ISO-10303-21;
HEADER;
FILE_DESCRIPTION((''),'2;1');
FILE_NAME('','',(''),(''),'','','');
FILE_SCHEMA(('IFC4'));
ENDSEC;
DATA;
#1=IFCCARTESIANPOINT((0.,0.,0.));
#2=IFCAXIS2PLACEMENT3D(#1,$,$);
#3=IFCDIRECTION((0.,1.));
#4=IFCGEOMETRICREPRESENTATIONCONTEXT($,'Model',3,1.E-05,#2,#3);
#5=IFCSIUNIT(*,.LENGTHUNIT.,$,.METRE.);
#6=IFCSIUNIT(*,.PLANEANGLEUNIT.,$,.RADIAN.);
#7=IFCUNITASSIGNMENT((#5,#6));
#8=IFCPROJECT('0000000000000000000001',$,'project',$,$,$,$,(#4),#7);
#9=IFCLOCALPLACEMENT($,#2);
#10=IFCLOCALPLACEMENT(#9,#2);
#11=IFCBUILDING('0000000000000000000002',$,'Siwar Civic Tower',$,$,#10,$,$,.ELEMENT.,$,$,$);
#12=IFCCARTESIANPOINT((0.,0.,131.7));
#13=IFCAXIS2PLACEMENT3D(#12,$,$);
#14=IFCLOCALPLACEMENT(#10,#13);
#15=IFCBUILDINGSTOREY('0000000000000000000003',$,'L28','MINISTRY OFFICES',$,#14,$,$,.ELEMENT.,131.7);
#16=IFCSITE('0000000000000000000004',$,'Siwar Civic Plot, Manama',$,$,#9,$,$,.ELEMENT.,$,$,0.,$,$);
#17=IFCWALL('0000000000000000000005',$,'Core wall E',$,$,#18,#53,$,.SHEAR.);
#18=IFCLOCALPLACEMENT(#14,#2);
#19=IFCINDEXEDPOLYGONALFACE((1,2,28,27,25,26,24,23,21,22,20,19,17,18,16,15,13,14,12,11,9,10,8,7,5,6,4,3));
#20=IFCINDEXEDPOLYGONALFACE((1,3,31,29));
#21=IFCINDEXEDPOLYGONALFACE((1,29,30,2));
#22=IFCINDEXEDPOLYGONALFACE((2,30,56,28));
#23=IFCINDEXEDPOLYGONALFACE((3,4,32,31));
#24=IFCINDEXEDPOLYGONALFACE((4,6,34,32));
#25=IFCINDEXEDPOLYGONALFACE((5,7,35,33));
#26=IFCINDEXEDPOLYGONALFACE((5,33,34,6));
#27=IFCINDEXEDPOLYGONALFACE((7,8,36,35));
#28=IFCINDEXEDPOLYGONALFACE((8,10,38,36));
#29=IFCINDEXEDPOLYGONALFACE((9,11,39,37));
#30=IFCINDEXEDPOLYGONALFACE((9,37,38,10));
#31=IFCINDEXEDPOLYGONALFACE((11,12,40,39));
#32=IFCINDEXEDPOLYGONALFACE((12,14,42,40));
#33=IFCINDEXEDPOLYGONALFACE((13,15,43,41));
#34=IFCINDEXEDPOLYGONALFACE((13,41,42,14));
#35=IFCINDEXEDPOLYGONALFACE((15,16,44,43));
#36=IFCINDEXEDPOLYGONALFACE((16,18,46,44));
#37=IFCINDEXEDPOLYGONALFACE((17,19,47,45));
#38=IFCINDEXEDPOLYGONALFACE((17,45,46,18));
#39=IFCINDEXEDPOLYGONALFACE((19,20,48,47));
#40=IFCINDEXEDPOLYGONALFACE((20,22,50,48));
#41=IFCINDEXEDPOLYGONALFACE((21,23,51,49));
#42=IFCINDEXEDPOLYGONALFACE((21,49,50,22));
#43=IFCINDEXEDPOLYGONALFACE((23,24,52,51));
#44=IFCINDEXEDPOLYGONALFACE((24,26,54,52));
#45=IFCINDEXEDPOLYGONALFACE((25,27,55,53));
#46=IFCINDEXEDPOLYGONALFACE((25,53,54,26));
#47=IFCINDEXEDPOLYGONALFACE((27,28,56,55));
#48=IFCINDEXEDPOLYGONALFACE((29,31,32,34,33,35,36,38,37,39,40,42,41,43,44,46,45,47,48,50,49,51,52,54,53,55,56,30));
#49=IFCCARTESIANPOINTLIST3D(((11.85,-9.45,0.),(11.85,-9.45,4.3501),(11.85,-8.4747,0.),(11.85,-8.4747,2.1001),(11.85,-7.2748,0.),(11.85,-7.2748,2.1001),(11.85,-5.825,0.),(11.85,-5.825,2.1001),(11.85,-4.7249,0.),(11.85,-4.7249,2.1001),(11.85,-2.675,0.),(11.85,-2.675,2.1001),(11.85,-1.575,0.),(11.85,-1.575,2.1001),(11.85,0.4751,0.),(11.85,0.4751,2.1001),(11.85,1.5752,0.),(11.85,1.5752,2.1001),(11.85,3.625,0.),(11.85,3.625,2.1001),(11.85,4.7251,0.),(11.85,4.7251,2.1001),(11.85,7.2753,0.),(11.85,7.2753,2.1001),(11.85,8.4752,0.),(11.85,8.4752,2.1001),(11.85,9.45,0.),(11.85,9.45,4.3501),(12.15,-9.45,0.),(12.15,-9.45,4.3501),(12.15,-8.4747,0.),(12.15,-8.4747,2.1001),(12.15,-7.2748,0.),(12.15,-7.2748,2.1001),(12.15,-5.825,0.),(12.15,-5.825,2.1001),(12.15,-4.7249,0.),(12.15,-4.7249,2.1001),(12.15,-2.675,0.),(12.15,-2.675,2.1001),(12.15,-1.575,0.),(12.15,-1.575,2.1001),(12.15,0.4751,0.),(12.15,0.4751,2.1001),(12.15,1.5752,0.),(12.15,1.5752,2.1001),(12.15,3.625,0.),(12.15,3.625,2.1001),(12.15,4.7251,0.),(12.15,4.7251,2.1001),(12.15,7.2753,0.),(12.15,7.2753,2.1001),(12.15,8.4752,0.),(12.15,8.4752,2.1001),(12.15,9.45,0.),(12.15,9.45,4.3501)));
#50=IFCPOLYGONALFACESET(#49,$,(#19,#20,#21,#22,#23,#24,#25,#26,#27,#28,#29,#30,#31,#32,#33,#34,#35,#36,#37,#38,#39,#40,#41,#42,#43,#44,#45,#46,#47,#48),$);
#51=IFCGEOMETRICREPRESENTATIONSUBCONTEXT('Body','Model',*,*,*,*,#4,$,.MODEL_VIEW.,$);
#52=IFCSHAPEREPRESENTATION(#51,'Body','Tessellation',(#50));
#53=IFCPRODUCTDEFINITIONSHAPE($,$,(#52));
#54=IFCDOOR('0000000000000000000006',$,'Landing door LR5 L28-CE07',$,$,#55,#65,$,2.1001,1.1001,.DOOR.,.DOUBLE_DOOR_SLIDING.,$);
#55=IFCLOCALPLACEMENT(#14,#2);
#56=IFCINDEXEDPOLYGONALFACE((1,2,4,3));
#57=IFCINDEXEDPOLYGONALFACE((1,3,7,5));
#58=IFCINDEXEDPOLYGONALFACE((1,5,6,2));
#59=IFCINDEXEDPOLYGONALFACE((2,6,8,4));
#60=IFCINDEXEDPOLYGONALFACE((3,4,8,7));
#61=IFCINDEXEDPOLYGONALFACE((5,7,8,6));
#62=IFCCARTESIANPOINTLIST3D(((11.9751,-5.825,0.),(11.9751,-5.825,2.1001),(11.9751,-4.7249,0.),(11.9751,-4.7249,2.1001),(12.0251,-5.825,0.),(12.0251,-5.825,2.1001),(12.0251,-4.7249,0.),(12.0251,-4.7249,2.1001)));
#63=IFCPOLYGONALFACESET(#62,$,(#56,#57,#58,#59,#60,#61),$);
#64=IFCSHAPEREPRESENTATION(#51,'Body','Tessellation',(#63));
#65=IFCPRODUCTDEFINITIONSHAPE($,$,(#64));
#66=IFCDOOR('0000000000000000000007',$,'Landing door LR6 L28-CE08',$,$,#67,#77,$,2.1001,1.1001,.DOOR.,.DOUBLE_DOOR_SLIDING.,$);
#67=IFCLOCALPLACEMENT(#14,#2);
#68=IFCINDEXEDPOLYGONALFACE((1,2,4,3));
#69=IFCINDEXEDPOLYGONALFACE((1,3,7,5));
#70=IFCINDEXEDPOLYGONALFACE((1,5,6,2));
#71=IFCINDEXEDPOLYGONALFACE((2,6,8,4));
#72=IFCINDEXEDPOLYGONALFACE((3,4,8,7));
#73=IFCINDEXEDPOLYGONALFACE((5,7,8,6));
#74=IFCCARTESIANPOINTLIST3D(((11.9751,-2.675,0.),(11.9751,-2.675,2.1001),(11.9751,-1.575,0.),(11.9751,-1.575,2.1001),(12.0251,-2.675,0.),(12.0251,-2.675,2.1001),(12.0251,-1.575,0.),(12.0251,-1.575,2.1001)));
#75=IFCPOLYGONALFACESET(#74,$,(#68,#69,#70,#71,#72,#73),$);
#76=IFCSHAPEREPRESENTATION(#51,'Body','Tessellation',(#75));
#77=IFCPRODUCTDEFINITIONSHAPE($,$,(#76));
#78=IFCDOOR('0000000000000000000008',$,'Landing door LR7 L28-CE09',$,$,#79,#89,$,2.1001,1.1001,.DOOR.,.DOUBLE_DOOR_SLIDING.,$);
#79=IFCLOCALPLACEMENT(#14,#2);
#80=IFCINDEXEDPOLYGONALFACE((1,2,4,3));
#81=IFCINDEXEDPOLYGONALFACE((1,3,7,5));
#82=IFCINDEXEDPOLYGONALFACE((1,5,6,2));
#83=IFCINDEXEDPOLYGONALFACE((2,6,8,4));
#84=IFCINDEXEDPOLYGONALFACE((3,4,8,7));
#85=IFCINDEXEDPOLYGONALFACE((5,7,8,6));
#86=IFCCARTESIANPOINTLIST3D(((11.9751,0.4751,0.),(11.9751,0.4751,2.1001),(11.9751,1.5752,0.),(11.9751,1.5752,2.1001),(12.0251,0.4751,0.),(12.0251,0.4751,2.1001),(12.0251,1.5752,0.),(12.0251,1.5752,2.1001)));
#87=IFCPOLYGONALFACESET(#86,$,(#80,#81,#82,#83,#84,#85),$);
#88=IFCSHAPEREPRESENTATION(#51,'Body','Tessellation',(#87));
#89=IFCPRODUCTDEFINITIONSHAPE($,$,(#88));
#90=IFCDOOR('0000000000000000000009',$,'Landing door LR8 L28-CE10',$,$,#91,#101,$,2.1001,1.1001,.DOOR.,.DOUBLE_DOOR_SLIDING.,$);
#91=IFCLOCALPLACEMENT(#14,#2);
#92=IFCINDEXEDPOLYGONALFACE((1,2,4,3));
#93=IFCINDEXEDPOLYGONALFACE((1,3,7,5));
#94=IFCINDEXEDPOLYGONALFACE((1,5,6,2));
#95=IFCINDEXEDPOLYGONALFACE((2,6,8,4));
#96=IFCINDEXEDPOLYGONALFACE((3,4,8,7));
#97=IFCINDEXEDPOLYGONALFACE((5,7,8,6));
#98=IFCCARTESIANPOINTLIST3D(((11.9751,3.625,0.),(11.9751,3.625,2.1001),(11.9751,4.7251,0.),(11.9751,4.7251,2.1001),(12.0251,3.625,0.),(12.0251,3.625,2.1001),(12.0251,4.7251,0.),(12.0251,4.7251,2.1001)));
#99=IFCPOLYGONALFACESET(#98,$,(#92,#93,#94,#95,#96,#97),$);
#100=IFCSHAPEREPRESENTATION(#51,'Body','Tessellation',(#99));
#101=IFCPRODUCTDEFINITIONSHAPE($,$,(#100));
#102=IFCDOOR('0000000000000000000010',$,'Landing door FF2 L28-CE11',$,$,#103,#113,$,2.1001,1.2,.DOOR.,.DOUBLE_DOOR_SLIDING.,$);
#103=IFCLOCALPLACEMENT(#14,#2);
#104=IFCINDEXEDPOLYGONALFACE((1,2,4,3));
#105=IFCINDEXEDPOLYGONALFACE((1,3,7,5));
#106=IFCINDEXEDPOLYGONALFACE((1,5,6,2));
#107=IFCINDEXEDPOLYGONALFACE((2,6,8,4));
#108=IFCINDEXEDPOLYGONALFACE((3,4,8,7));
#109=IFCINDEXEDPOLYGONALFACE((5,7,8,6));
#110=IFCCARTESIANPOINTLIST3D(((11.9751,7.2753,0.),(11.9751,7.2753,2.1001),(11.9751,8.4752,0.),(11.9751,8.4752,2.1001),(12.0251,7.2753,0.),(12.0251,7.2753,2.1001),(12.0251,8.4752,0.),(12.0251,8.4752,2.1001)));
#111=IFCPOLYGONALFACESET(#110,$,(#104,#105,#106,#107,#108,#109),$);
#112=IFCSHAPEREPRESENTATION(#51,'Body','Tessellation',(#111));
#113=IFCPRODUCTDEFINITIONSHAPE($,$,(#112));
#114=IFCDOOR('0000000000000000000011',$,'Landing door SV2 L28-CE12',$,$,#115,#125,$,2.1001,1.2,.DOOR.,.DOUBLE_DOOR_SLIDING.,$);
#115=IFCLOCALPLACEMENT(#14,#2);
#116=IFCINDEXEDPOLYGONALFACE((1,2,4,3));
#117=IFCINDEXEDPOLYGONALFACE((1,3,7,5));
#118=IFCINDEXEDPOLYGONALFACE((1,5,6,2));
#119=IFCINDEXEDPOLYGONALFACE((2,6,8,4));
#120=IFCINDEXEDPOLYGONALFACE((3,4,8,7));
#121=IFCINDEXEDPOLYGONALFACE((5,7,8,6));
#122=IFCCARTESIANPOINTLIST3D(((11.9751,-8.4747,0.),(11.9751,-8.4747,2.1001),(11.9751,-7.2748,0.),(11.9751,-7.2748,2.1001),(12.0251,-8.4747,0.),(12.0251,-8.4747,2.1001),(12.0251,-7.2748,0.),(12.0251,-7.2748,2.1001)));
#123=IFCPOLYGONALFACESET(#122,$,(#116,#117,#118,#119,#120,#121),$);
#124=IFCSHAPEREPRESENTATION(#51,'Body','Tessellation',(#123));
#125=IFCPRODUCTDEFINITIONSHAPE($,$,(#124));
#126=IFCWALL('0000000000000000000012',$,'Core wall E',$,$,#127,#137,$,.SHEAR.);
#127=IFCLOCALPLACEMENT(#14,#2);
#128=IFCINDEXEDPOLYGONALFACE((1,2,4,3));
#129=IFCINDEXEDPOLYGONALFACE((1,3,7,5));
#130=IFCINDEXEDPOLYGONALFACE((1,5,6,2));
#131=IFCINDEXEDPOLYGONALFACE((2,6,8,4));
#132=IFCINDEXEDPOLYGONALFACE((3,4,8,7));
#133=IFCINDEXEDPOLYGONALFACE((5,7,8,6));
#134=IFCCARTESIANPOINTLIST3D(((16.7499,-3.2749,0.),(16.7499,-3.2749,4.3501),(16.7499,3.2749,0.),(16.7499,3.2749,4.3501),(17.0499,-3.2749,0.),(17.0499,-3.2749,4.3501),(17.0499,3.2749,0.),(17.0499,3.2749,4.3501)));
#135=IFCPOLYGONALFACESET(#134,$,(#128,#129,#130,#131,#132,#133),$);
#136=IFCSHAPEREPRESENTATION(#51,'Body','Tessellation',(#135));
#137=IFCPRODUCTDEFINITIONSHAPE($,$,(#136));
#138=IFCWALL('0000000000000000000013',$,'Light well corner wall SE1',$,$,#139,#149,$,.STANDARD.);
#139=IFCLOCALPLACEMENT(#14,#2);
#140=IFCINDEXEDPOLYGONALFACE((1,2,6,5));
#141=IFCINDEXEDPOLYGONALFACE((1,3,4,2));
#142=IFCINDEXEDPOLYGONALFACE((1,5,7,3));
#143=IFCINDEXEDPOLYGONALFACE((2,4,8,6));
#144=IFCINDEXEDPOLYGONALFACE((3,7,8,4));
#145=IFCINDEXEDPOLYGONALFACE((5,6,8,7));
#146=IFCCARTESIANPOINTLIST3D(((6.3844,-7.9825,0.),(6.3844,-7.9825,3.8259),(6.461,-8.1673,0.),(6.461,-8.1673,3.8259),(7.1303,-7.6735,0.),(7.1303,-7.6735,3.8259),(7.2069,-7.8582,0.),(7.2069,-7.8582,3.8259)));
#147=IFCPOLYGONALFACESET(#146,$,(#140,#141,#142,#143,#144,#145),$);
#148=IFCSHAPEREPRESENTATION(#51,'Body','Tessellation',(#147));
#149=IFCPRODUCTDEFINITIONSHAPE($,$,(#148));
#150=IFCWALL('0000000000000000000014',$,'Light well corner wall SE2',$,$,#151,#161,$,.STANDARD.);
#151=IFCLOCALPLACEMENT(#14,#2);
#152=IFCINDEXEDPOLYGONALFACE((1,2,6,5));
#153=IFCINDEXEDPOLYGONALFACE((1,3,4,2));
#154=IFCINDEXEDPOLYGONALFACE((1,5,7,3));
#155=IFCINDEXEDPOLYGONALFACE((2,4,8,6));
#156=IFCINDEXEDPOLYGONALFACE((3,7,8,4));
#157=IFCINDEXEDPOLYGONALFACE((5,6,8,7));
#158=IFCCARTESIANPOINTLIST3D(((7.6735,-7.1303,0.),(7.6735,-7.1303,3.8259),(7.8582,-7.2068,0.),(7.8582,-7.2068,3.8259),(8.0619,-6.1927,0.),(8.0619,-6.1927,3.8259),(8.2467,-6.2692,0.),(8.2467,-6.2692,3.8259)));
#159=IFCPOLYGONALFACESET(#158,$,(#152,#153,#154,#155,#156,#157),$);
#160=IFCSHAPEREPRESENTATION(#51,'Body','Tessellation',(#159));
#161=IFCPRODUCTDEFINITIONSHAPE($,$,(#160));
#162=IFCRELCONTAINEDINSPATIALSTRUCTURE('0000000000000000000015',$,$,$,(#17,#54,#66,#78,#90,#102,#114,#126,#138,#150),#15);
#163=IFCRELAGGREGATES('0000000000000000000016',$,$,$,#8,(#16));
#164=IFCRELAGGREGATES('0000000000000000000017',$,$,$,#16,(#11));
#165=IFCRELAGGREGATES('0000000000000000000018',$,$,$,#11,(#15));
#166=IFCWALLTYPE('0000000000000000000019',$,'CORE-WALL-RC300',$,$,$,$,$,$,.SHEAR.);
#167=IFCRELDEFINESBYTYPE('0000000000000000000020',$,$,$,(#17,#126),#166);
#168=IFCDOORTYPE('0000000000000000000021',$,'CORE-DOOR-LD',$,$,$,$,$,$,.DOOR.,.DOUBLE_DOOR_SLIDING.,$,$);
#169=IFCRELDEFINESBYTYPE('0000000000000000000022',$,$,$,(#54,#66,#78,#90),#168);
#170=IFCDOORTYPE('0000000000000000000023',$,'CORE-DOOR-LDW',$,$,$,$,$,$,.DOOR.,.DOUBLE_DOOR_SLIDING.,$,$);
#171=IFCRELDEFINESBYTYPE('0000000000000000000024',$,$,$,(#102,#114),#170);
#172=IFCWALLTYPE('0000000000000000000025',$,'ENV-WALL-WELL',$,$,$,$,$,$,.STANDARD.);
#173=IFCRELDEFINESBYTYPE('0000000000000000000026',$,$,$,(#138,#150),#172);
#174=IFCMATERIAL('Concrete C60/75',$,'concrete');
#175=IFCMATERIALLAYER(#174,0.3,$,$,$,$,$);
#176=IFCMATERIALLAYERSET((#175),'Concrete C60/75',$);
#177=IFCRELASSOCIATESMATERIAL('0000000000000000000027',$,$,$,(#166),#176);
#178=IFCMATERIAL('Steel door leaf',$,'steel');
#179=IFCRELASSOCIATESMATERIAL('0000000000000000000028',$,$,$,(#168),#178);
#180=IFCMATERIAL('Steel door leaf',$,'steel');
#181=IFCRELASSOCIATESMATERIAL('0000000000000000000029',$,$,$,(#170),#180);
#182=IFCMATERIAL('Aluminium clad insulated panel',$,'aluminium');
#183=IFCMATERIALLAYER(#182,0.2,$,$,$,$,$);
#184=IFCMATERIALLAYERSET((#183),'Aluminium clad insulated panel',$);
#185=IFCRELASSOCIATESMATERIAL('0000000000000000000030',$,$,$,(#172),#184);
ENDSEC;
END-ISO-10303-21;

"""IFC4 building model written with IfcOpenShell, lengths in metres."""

from ifc_helpers import new_model, si_unit, direction, frame, frame_2d, origin, place, context, subcontext, project, spatial, rectangle, extrude, material, layer, layer_set, type_object, element, fill, save


model = new_model("IFC4")

# Units and contexts
model_context = context("Model", 3, precision=1e-05, world=origin(), true_north=direction((0.0, 1.0)))
body_context = subcontext(model_context, "Body", "Model", "MODEL_VIEW")
ifc_project = project(units=[si_unit("LENGTHUNIT", "METRE"), si_unit("PLANEANGLEUNIT", "RADIAN")], contexts=[model_context])

# Site, building, storey
site_placement = place(None, origin())
site = spatial("IfcSite", under=ifc_project, at=site_placement, Name="Siwar Civic Plot, Manama", CompositionType="ELEMENT", RefElevation=0.0)
building_placement = place(site_placement, origin())
building = spatial("IfcBuilding", under=site, at=building_placement, Name="Siwar Civic Tower", CompositionType="ELEMENT")
storey_placement = place(building_placement, frame((0.0, 0.0, 131.7)))
storey = spatial("IfcBuildingStorey", under=building, at=storey_placement, Name="L28", Description="MINISTRY OFFICES", CompositionType="ELEMENT", Elevation=131.7)

# Wall, openings, doors
ifc_material_1 = material(Name="Concrete C60/75", Category="concrete")
ifc_layer_1 = layer(ifc_material_1, 0.3)
ifc_layer_set_1 = layer_set([ifc_layer_1], Name="Concrete C60/75")
wall_type_1 = type_object("IfcWallType", Name="CORE-WALL-RC300", PredefinedType="SHEAR", material=ifc_layer_set_1)
wall_1_placement = place(storey_placement, frame((12.0, -9.45, 0.0), z_axis=(0.0, 0.0, 1.0), x_axis=(0.0, 1.0, 0.0)))
wall_1 = element("IfcWall", 1, at=wall_1_placement, inside=storey, type_object=wall_type_1, Name="Core wall E", PredefinedType="SHEAR", context=body_context, shape_type="SweptSolid", body=[
    extrude(rectangle(XDim=18.8999, YDim=0.3, at=frame_2d((9.45, 0.0))), origin(), (0.0, 0.0, 1.0), 4.3501),
])
opening_1_placement = place(wall_1_placement, frame((3.625, 0.0, 0.0)))
opening_1 = element("IfcOpeningElement", 2, at=opening_1_placement, cuts=wall_1, PredefinedType="OPENING", context=body_context, shape_type="SweptSolid", body=[
    extrude(rectangle(XDim=1.1001, YDim=2.1001, at=frame_2d((0.55, 1.05))), frame((0.0, 0.1602, 0.0), z_axis=(0.0, -1.0, 0.0), x_axis=(1.0, 0.0, 0.0)), (0.0, 0.0, 1.0), 0.3201),
])
opening_2_placement = place(wall_1_placement, frame((6.7749, 0.0, 0.0)))
opening_2 = element("IfcOpeningElement", 3, at=opening_2_placement, cuts=wall_1, PredefinedType="OPENING", context=body_context, shape_type="SweptSolid", body=[
    extrude(rectangle(XDim=1.1001, YDim=2.1001, at=frame_2d((0.55, 1.05))), frame((0.0, 0.1602, 0.0), z_axis=(0.0, -1.0, 0.0), x_axis=(1.0, 0.0, 0.0)), (0.0, 0.0, 1.0), 0.3201),
])
opening_3_placement = place(wall_1_placement, frame((9.925, 0.0, 0.0)))
opening_3 = element("IfcOpeningElement", 4, at=opening_3_placement, cuts=wall_1, PredefinedType="OPENING", context=body_context, shape_type="SweptSolid", body=[
    extrude(rectangle(XDim=1.1001, YDim=2.1001, at=frame_2d((0.55, 1.05))), frame((0.0, 0.1602, 0.0), z_axis=(0.0, -1.0, 0.0), x_axis=(1.0, 0.0, 0.0)), (0.0, 0.0, 1.0), 0.3201),
])
opening_4_placement = place(wall_1_placement, frame((13.075, 0.0, 0.0)))
opening_4 = element("IfcOpeningElement", 5, at=opening_4_placement, cuts=wall_1, PredefinedType="OPENING", context=body_context, shape_type="SweptSolid", body=[
    extrude(rectangle(XDim=1.1001, YDim=2.1001, at=frame_2d((0.55, 1.05))), frame((0.0, 0.1602, 0.0), z_axis=(0.0, -1.0, 0.0), x_axis=(1.0, 0.0, 0.0)), (0.0, 0.0, 1.0), 0.3201),
])
opening_5_placement = place(wall_1_placement, frame((16.7251, 0.0, 0.0)))
opening_5 = element("IfcOpeningElement", 6, at=opening_5_placement, cuts=wall_1, PredefinedType="OPENING", context=body_context, shape_type="SweptSolid", body=[
    extrude(rectangle(XDim=1.2, YDim=2.1001, at=frame_2d((0.6001, 1.05))), frame((0.0, 0.1602, 0.0), z_axis=(0.0, -1.0, 0.0), x_axis=(1.0, 0.0, 0.0)), (0.0, 0.0, 1.0), 0.3201),
])
opening_6_placement = place(wall_1_placement, frame((0.9751, 0.0, 0.0)))
opening_6 = element("IfcOpeningElement", 7, at=opening_6_placement, cuts=wall_1, PredefinedType="OPENING", context=body_context, shape_type="SweptSolid", body=[
    extrude(rectangle(XDim=1.2, YDim=2.1001, at=frame_2d((0.6001, 1.05))), frame((0.0, 0.1602, 0.0), z_axis=(0.0, -1.0, 0.0), x_axis=(1.0, 0.0, 0.0)), (0.0, 0.0, 1.0), 0.3201),
])
ifc_material_2 = material(Name="Steel door leaf", Category="steel")
door_type_1 = type_object("IfcDoorType", Name="CORE-DOOR-LD", OperationType="DOUBLE_DOOR_SLIDING", PredefinedType="DOOR", material=ifc_material_2)
door_1_placement = place(opening_1_placement, origin())
door_1 = element("IfcDoor", 8, at=door_1_placement, inside=storey, type_object=door_type_1, Name="Landing door LR5 L28-CE07", OperationType="DOUBLE_DOOR_SLIDING", OverallHeight=2.1001, OverallWidth=1.1001, PredefinedType="DOOR", context=body_context, shape_type="SweptSolid", body=[
    extrude(rectangle(XDim=1.1001, YDim=2.1001, at=frame_2d((0.55, 1.05))), frame((0.0, 0.0249, 0.0), z_axis=(0.0, -1.0, 0.0), x_axis=(1.0, 0.0, 0.0)), (0.0, 0.0, 1.0), 0.05),
])
fill(opening_1, door_1)
door_2_placement = place(opening_2_placement, origin())
door_2 = element("IfcDoor", 9, at=door_2_placement, inside=storey, type_object=door_type_1, Name="Landing door LR6 L28-CE08", OperationType="DOUBLE_DOOR_SLIDING", OverallHeight=2.1001, OverallWidth=1.1001, PredefinedType="DOOR", context=body_context, shape_type="SweptSolid", body=[
    extrude(rectangle(XDim=1.1001, YDim=2.1001, at=frame_2d((0.55, 1.05))), frame((0.0, 0.0249, 0.0), z_axis=(0.0, -1.0, 0.0), x_axis=(1.0, 0.0, 0.0)), (0.0, 0.0, 1.0), 0.05),
])
fill(opening_2, door_2)
door_3_placement = place(opening_3_placement, origin())
door_3 = element("IfcDoor", 10, at=door_3_placement, inside=storey, type_object=door_type_1, Name="Landing door LR7 L28-CE09", OperationType="DOUBLE_DOOR_SLIDING", OverallHeight=2.1001, OverallWidth=1.1001, PredefinedType="DOOR", context=body_context, shape_type="SweptSolid", body=[
    extrude(rectangle(XDim=1.1001, YDim=2.1001, at=frame_2d((0.55, 1.05))), frame((0.0, 0.0249, 0.0), z_axis=(0.0, -1.0, 0.0), x_axis=(1.0, 0.0, 0.0)), (0.0, 0.0, 1.0), 0.05),
])
fill(opening_3, door_3)
door_4_placement = place(opening_4_placement, origin())
door_4 = element("IfcDoor", 11, at=door_4_placement, inside=storey, type_object=door_type_1, Name="Landing door LR8 L28-CE10", OperationType="DOUBLE_DOOR_SLIDING", OverallHeight=2.1001, OverallWidth=1.1001, PredefinedType="DOOR", context=body_context, shape_type="SweptSolid", body=[
    extrude(rectangle(XDim=1.1001, YDim=2.1001, at=frame_2d((0.55, 1.05))), frame((0.0, 0.0249, 0.0), z_axis=(0.0, -1.0, 0.0), x_axis=(1.0, 0.0, 0.0)), (0.0, 0.0, 1.0), 0.05),
])
fill(opening_4, door_4)
ifc_material_3 = material(Name="Steel door leaf", Category="steel")
door_type_2 = type_object("IfcDoorType", Name="CORE-DOOR-LDW", OperationType="DOUBLE_DOOR_SLIDING", PredefinedType="DOOR", material=ifc_material_3)
door_5_placement = place(opening_5_placement, origin())
door_5 = element("IfcDoor", 12, at=door_5_placement, inside=storey, type_object=door_type_2, Name="Landing door FF2 L28-CE11", OperationType="DOUBLE_DOOR_SLIDING", OverallHeight=2.1001, OverallWidth=1.2, PredefinedType="DOOR", context=body_context, shape_type="SweptSolid", body=[
    extrude(rectangle(XDim=1.2, YDim=2.1001, at=frame_2d((0.6001, 1.05))), frame((0.0, 0.0249, 0.0), z_axis=(0.0, -1.0, 0.0), x_axis=(1.0, 0.0, 0.0)), (0.0, 0.0, 1.0), 0.05),
])
fill(opening_5, door_5)
door_6_placement = place(opening_6_placement, origin())
door_6 = element("IfcDoor", 13, at=door_6_placement, inside=storey, type_object=door_type_2, Name="Landing door SV2 L28-CE12", OperationType="DOUBLE_DOOR_SLIDING", OverallHeight=2.1001, OverallWidth=1.2, PredefinedType="DOOR", context=body_context, shape_type="SweptSolid", body=[
    extrude(rectangle(XDim=1.2, YDim=2.1001, at=frame_2d((0.6001, 1.05))), frame((0.0, 0.0249, 0.0), z_axis=(0.0, -1.0, 0.0), x_axis=(1.0, 0.0, 0.0)), (0.0, 0.0, 1.0), 0.05),
])
fill(opening_6, door_6)

# Walls
wall_2_placement = place(storey_placement, frame((16.8999, -3.2749, 0.0), z_axis=(0.0, 0.0, 1.0), x_axis=(0.0, 1.0, 0.0)))
element("IfcWall", 14, at=wall_2_placement, inside=storey, type_object=wall_type_1, Name="Core wall E", PredefinedType="SHEAR", context=body_context, shape_type="SweptSolid", body=[
    extrude(rectangle(XDim=6.5498, YDim=0.3, at=frame_2d((3.2749, 0.0))), origin(), (0.0, 0.0, 1.0), 4.3501),
])
ifc_material_4 = material(Name="Aluminium clad insulated panel", Category="aluminium")
ifc_layer_2 = layer(ifc_material_4, 0.2)
ifc_layer_set_2 = layer_set([ifc_layer_2], Name="Aluminium clad insulated panel")
wall_type_2 = type_object("IfcWallType", Name="ENV-WALL-WELL", PredefinedType="STANDARD", material=ifc_layer_set_2)
wall_3_placement = place(storey_placement, frame((6.4226, -8.075, 0.0), z_axis=(0.0, 0.0, 1.0), x_axis=(0.923818, 0.382833, 0.0)))
element("IfcWall", 15, at=wall_3_placement, inside=storey, type_object=wall_type_2, Name="Light well corner wall SE1", PredefinedType="STANDARD", context=body_context, shape_type="SweptSolid", body=[
    extrude(rectangle(XDim=0.8074, YDim=0.2, at=frame_2d((0.4038, 0.0))), origin(), (0.0, 0.0, 1.0), 3.8259),
])
wall_4_placement = place(storey_placement, frame((7.7659, -7.1685, 0.0), z_axis=(0.0, 0.0, 1.0), x_axis=(0.38277, 0.923844, 0.0)))
element("IfcWall", 16, at=wall_4_placement, inside=storey, type_object=wall_type_2, Name="Light well corner wall SE2", PredefinedType="STANDARD", context=body_context, shape_type="SweptSolid", body=[
    extrude(rectangle(XDim=1.0149, YDim=0.2, at=frame_2d((0.5073, 0.0))), origin(), (0.0, 0.0, 1.0), 3.8259),
])

save(model, "model.ifc")
